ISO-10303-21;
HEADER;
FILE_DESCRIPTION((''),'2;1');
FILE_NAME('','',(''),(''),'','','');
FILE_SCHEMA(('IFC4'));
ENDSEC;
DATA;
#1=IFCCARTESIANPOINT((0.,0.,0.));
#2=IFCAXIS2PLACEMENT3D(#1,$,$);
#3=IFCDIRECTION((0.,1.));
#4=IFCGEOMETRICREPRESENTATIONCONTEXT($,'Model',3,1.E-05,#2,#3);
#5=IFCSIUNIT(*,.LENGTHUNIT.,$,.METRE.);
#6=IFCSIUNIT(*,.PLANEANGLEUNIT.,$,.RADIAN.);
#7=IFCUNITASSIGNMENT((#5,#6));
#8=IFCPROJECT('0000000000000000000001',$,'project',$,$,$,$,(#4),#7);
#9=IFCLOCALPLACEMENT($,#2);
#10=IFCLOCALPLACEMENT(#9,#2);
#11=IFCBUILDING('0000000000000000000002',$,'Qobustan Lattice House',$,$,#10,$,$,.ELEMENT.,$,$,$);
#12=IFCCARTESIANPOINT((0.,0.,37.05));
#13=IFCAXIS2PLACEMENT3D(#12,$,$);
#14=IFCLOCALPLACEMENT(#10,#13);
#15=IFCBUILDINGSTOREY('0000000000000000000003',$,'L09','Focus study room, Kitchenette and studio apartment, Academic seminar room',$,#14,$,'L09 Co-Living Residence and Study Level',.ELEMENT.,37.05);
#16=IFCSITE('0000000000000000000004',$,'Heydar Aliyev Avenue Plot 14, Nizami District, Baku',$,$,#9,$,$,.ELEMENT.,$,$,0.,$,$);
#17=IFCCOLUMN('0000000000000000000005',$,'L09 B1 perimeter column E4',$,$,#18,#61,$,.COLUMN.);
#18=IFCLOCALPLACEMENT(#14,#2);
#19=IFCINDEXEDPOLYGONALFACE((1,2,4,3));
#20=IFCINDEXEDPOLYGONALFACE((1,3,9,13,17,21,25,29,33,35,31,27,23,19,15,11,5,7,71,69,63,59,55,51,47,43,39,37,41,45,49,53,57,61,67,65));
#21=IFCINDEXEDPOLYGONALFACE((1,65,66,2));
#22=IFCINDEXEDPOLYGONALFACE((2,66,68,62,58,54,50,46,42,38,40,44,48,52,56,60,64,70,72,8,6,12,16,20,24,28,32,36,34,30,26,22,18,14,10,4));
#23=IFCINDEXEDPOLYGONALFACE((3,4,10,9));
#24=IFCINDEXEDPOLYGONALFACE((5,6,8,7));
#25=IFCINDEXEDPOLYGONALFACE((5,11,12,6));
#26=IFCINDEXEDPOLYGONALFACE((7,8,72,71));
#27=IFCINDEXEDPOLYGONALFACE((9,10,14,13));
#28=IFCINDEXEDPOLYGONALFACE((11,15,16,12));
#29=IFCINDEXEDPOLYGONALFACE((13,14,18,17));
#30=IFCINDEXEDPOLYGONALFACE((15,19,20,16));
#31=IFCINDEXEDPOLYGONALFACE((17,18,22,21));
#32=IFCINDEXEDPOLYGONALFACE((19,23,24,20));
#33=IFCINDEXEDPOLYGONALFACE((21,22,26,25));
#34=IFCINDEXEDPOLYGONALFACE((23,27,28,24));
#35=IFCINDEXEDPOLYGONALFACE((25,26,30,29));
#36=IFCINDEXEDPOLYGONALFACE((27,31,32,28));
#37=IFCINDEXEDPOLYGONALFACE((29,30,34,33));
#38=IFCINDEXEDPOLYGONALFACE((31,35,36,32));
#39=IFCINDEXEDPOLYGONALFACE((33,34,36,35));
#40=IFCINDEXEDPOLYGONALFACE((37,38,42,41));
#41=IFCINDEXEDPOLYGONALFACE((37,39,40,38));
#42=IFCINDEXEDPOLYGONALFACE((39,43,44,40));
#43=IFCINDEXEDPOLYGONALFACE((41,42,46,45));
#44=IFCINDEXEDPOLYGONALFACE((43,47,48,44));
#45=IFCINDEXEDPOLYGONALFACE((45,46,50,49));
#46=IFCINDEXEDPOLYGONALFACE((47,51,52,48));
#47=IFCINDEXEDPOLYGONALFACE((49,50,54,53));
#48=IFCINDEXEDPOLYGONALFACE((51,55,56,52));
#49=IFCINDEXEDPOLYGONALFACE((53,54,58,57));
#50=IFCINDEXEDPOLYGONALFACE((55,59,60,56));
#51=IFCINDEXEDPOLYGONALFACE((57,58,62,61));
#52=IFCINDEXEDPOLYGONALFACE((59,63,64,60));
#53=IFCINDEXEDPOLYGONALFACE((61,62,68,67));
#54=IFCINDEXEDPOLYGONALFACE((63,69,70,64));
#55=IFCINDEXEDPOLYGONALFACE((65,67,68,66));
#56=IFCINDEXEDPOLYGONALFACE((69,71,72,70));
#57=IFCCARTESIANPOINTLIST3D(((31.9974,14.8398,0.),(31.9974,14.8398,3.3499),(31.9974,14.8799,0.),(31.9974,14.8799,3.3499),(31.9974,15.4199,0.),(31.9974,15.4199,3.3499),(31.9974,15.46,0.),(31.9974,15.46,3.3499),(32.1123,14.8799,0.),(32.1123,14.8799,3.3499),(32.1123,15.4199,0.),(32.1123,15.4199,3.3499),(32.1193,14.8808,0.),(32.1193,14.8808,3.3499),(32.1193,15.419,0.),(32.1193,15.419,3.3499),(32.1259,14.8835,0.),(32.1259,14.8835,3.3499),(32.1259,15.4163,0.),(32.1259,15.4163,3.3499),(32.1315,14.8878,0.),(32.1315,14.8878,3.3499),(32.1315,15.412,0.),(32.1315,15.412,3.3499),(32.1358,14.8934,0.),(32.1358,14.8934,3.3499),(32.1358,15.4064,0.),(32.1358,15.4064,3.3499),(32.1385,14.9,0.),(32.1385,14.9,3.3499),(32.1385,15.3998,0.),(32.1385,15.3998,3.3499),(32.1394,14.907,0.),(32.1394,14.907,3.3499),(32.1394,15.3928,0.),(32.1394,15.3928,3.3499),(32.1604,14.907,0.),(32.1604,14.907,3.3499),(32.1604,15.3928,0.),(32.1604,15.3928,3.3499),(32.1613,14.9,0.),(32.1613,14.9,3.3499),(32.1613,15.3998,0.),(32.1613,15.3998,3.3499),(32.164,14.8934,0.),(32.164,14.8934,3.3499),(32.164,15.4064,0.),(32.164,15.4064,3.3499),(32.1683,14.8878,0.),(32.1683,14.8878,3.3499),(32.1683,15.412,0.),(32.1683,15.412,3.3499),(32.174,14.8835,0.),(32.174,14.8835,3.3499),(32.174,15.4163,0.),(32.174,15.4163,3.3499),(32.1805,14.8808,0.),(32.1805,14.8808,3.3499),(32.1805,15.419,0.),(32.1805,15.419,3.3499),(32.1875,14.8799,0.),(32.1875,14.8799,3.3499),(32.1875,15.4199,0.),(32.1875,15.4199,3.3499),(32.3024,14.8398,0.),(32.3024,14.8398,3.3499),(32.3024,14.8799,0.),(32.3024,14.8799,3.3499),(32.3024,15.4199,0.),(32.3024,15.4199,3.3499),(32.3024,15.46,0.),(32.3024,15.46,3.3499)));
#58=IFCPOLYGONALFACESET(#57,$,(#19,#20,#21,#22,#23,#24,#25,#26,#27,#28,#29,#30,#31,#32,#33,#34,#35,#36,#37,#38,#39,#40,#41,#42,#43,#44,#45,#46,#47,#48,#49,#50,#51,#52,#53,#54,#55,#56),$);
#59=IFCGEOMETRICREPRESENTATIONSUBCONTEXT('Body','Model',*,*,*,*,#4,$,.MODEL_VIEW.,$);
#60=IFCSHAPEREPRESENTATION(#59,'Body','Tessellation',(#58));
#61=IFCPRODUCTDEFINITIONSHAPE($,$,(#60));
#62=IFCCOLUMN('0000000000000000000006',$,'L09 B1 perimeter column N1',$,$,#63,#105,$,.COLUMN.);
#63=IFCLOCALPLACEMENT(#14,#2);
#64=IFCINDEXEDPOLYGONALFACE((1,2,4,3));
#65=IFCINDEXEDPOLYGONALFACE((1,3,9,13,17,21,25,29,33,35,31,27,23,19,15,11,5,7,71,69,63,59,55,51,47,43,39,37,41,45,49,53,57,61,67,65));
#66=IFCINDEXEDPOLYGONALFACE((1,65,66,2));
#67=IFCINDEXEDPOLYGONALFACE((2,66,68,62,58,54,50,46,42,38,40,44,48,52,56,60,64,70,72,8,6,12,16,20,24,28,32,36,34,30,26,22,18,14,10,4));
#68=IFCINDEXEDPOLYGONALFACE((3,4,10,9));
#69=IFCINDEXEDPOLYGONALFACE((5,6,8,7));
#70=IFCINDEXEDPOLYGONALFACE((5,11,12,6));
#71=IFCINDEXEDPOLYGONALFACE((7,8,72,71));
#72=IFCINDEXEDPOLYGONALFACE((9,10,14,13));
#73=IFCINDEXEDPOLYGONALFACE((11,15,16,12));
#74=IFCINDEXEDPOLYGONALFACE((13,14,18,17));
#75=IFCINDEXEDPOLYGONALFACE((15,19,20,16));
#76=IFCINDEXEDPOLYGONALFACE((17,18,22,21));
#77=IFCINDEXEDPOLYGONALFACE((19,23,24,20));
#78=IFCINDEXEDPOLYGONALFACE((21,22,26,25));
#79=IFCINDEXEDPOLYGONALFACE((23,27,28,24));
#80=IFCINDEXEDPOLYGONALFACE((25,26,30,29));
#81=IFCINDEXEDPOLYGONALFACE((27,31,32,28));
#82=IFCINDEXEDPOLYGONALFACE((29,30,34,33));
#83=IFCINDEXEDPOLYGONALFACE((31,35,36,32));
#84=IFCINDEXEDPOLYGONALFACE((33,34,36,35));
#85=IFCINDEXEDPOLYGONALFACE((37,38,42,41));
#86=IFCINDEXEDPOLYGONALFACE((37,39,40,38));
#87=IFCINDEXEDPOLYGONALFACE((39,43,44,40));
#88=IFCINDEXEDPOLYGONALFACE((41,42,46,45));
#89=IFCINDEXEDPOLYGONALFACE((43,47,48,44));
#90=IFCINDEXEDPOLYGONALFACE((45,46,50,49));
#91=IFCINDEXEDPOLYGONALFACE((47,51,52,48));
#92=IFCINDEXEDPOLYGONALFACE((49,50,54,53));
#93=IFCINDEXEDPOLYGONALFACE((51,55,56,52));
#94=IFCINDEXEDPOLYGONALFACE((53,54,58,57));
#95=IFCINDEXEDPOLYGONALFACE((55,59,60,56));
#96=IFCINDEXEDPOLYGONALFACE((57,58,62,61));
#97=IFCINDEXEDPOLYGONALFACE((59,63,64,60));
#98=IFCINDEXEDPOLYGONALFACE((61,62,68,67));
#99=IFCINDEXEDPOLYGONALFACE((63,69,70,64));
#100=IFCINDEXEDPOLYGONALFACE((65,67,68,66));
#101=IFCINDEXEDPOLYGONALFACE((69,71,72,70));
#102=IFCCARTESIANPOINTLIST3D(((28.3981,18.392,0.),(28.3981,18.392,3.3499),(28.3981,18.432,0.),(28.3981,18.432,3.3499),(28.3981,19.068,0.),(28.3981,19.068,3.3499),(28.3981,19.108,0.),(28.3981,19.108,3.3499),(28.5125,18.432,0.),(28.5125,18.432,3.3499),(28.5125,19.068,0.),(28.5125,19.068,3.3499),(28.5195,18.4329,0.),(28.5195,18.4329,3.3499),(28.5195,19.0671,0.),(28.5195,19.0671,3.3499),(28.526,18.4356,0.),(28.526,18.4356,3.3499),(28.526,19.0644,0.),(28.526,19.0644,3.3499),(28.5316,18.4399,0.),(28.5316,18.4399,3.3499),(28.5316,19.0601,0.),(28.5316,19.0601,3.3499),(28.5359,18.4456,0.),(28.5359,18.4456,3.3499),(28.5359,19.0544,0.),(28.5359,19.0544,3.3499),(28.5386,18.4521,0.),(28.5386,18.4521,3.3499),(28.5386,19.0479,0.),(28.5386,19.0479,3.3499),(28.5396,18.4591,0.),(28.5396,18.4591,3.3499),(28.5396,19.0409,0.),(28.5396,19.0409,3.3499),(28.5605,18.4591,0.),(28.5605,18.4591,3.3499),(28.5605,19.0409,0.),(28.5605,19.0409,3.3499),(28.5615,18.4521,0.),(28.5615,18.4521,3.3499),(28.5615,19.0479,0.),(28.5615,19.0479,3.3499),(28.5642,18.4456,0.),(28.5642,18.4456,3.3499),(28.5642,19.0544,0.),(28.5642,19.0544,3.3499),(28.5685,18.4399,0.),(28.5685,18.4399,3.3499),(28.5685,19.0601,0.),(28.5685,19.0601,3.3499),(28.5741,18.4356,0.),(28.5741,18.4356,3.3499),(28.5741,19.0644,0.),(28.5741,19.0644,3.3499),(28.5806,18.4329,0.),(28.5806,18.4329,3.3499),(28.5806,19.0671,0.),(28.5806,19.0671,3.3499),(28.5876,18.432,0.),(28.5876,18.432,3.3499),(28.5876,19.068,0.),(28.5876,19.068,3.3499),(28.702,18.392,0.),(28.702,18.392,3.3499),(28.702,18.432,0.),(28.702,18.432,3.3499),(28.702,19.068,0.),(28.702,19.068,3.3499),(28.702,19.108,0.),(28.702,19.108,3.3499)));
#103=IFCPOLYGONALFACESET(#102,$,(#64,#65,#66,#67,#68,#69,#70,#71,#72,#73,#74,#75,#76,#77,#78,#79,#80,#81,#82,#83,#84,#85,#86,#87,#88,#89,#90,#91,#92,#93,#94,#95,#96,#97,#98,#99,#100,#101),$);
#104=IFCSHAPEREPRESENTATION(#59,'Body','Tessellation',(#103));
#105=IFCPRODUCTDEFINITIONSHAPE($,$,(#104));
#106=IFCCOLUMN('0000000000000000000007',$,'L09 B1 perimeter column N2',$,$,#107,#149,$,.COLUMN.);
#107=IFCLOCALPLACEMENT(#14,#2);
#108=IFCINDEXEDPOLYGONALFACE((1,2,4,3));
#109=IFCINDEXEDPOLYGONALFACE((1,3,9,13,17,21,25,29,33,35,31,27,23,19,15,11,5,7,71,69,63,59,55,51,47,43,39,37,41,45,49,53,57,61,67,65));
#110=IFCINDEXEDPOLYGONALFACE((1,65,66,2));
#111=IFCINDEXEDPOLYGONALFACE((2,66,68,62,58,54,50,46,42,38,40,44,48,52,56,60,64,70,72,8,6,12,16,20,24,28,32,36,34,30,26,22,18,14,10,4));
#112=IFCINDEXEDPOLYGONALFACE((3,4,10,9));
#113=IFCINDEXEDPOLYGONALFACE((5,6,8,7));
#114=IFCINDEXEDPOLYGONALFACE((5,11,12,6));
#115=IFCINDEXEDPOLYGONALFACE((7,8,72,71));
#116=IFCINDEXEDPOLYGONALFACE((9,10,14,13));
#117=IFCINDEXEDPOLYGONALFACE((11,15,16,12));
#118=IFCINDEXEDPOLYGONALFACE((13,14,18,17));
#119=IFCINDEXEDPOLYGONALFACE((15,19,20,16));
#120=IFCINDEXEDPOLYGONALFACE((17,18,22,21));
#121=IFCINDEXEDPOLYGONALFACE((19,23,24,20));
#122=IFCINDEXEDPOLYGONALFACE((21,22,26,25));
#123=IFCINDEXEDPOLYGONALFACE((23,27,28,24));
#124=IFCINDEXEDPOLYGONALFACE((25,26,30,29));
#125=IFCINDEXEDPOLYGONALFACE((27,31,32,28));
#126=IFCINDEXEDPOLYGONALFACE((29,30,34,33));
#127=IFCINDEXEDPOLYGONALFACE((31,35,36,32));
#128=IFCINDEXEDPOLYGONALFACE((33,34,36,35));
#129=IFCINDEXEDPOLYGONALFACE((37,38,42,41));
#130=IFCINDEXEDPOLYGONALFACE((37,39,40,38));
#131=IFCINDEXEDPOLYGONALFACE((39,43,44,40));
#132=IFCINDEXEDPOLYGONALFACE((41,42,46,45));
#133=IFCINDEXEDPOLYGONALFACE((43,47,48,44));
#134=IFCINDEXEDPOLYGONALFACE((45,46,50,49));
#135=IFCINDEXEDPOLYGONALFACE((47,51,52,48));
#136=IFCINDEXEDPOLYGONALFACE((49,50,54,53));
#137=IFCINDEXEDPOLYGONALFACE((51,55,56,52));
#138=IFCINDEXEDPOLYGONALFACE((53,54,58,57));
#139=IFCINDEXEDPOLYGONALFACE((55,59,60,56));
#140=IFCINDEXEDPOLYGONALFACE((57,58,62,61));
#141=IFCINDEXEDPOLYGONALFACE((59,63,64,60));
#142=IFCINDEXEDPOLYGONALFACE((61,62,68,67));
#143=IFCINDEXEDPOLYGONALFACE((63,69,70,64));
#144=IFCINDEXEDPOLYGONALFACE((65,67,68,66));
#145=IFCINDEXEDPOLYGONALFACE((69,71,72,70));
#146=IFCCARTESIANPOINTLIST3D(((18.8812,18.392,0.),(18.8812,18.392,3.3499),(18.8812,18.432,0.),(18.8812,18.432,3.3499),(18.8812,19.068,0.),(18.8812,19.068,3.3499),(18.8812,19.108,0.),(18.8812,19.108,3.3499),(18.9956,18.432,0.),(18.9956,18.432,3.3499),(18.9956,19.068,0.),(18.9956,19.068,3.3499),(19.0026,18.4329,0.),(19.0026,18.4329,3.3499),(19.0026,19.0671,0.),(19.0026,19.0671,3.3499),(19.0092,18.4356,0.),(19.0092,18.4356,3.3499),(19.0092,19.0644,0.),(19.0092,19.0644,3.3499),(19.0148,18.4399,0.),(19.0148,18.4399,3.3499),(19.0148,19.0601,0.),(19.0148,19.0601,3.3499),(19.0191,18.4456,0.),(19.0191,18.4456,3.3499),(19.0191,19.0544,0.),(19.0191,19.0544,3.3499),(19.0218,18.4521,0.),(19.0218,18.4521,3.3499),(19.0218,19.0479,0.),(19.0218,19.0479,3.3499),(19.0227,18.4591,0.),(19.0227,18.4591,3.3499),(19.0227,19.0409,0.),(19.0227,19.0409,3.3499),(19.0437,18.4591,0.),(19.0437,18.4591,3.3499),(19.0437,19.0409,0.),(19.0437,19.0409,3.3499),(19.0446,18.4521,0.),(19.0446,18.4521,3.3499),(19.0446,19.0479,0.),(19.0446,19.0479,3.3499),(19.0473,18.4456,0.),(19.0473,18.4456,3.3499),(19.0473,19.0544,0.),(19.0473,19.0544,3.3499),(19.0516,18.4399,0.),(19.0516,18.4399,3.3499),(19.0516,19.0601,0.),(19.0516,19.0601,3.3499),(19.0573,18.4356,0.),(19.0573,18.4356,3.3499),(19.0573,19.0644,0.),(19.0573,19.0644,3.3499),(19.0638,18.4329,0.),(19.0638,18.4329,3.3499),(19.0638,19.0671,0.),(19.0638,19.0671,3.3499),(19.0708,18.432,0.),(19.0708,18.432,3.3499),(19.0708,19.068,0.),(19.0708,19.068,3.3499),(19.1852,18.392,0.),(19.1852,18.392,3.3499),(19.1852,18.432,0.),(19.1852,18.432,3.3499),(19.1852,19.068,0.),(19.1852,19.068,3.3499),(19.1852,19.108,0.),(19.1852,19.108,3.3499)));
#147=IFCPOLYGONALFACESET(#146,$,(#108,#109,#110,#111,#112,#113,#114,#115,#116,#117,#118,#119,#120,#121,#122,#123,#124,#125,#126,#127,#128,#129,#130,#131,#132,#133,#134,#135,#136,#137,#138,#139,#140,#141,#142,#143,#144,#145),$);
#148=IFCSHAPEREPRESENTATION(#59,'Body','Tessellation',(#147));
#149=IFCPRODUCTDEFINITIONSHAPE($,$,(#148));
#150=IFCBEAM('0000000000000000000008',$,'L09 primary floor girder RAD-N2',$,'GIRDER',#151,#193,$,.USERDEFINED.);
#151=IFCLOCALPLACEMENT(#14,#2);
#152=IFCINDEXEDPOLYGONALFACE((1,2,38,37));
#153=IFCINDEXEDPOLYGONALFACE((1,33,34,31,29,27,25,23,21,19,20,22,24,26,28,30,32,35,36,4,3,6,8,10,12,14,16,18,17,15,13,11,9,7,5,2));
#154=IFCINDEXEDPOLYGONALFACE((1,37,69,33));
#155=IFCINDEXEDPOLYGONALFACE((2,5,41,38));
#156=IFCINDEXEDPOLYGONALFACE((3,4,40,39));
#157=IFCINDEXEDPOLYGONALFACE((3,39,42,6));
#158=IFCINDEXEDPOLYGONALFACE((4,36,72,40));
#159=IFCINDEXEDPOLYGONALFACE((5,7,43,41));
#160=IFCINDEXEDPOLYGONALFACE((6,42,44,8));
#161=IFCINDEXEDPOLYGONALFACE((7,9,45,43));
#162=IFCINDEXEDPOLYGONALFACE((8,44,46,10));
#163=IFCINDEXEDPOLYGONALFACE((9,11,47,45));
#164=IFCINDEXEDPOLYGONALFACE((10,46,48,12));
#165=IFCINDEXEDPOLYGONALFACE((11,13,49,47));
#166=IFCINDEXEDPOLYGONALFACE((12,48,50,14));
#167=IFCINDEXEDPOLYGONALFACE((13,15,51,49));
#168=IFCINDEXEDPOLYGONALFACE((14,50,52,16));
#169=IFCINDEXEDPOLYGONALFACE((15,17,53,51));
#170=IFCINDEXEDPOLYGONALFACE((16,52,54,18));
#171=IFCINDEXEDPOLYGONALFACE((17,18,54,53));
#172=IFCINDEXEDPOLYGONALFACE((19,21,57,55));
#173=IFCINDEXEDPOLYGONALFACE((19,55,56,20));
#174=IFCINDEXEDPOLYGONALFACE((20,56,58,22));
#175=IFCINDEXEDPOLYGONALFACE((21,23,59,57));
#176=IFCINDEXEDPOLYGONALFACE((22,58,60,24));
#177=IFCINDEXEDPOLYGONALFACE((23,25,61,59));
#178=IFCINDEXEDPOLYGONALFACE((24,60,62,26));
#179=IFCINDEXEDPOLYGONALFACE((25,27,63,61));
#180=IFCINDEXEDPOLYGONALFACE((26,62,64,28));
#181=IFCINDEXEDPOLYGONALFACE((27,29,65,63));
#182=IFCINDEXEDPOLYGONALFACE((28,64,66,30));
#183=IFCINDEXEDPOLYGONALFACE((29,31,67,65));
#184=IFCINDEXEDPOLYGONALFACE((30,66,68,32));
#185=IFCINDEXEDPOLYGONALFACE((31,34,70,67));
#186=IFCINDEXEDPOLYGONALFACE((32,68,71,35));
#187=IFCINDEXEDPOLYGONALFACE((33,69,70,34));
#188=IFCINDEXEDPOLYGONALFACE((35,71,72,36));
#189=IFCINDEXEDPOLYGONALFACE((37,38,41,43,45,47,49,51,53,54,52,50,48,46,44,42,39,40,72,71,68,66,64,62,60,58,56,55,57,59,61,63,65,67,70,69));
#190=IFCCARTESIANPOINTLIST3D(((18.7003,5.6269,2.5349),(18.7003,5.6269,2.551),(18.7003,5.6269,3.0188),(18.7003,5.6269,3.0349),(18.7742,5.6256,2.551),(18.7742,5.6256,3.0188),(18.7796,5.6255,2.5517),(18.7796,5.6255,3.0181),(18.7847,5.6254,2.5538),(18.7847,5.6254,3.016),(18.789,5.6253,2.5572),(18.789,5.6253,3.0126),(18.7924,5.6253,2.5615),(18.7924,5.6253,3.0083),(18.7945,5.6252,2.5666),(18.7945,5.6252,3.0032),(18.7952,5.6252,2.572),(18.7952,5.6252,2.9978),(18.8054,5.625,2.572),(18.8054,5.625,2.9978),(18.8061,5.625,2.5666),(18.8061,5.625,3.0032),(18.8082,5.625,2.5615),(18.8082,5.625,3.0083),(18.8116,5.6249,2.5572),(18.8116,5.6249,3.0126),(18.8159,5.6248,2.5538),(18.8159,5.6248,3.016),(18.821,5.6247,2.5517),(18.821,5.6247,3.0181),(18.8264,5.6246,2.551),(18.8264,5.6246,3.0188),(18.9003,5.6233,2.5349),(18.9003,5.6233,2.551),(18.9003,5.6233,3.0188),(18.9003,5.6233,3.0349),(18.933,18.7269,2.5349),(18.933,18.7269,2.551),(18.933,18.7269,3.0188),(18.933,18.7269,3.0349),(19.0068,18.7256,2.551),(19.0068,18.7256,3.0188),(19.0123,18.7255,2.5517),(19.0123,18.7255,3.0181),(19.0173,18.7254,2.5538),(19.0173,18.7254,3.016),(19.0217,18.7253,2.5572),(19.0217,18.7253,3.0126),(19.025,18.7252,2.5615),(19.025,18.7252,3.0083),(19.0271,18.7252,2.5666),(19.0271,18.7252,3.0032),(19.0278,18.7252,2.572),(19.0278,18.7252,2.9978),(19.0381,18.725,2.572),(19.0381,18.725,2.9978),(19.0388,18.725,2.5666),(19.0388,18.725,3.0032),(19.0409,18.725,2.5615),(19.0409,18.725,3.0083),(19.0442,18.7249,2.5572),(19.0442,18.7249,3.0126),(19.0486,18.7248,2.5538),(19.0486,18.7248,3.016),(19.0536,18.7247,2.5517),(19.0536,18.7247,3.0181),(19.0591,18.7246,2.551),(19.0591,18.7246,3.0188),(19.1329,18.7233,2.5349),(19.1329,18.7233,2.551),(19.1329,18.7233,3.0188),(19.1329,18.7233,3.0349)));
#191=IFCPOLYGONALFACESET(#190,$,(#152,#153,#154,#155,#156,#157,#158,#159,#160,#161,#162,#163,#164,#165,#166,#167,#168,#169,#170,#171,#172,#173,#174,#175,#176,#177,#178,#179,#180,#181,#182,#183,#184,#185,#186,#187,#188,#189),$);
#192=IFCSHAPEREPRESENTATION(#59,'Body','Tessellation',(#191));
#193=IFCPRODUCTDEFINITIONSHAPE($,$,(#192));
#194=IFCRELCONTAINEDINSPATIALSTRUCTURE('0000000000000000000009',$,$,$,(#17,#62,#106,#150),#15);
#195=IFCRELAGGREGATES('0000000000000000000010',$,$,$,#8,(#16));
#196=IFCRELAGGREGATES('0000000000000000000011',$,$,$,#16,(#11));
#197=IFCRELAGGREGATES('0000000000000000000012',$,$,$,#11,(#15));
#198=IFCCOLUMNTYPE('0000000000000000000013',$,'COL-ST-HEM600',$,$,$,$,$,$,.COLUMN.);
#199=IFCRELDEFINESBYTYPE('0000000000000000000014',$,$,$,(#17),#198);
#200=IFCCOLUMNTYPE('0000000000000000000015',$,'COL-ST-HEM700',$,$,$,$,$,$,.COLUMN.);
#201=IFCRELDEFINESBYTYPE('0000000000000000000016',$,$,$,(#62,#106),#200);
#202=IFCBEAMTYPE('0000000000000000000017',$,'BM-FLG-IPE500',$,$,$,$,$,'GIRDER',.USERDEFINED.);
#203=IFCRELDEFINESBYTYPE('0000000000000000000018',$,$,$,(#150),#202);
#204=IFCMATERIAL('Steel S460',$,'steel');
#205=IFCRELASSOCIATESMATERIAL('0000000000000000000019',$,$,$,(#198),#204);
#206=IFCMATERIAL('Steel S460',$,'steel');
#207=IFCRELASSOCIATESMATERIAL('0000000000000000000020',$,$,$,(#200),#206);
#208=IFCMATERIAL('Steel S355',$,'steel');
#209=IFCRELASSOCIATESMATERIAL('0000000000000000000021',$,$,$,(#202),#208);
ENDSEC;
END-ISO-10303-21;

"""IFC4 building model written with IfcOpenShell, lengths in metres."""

from ifc_helpers import new_model, si_unit, direction, frame, origin, origin_2d, place, context, subcontext, project, spatial, i_section, extrude, material, material_profile, profile_set, type_object, element, save


model = new_model("IFC4")

# Units and contexts
model_context = context("Model", 3, precision=1e-05, world=origin(), true_north=direction((0.0, 1.0)))
body_context = subcontext(model_context, "Body", "Model", "MODEL_VIEW")
ifc_project = project(units=[si_unit("LENGTHUNIT", "METRE"), si_unit("PLANEANGLEUNIT", "RADIAN")], contexts=[model_context])

# Site, building, storey
site_placement = place(None, origin())
site = spatial("IfcSite", under=ifc_project, at=site_placement, Name="Heydar Aliyev Avenue Plot 14, Nizami District, Baku", CompositionType="ELEMENT", RefElevation=0.0)
building_placement = place(site_placement, origin())
building = spatial("IfcBuilding", under=site, at=building_placement, Name="Qobustan Lattice House", CompositionType="ELEMENT")
storey_placement = place(building_placement, frame((0.0, 0.0, 37.05)))
storey = spatial("IfcBuildingStorey", under=building, at=storey_placement, Name="L09", Description="Focus study room, Kitchenette and studio apartment, Academic seminar room", LongName="L09 Co-Living Residence and Study Level", CompositionType="ELEMENT", Elevation=37.05)

# Columns
ifc_material_1 = material(Name="Steel S460", Category="steel")
ifc_material_profile_1 = material_profile(ifc_material_1, i_section(OverallWidth=0.3049, OverallDepth=0.6201, WebThickness=0.021, FlangeThickness=0.04, FilletRadius=0.0271, at=origin_2d()), Name="HEM600")
ifc_profile_set_1 = profile_set([ifc_material_profile_1], Name="Steel S460")
column_type_1 = type_object("IfcColumnType", Name="COL-ST-HEM600", PredefinedType="COLUMN", material=ifc_profile_set_1)
column_placement = place(storey_placement, frame((32.1499, 15.1499, 0.0), z_axis=(0.0, 0.0, 1.0), x_axis=(1.0, 0.0, 0.0)))
element("IfcColumn", 1, at=column_placement, inside=storey, type_object=column_type_1, Name="L09 B1 perimeter column E4", PredefinedType="COLUMN", context=body_context, shape_type="SweptSolid", body=[
    extrude(i_section(OverallWidth=0.3049, OverallDepth=0.6201, WebThickness=0.021, FlangeThickness=0.04, FilletRadius=0.0271, at=origin_2d()), origin(), (0.0, 0.0, 1.0), 3.3499),
])
ifc_material_2 = material(Name="Steel S460", Category="steel")
ifc_material_profile_2 = material_profile(ifc_material_2, i_section(OverallWidth=0.304, OverallDepth=0.7161, WebThickness=0.021, FlangeThickness=0.04, FilletRadius=0.0271, at=origin_2d()), Name="HEM700")
ifc_profile_set_2 = profile_set([ifc_material_profile_2], Name="Steel S460")
column_type_2 = type_object("IfcColumnType", Name="COL-ST-HEM700", PredefinedType="COLUMN", material=ifc_profile_set_2)
for number, where, z_axis, x_axis, name in (
    (2, (28.55, 18.75, 0.0), (0.0, 0.0, 1.0), (1.0, 0.0, 0.0), "L09 B1 perimeter column N1"),
    (3, (19.0332, 18.75, 0.0), (0.0, 0.0, 1.0), (1.0, 0.0, 0.0), "L09 B1 perimeter column N2"),
):
    element("IfcColumn", number, at=place(storey_placement, frame(where, z_axis=z_axis, x_axis=x_axis)), inside=storey, type_object=column_type_2, Name=name, PredefinedType="COLUMN", context=body_context, shape_type="SweptSolid", body=[
        extrude(i_section(OverallWidth=0.304, OverallDepth=0.7161, WebThickness=0.021, FlangeThickness=0.04, FilletRadius=0.0271, at=origin_2d()), origin(), (0.0, 0.0, 1.0), 3.3499),
    ])

# Beam
ifc_material_3 = material(Name="Steel S355", Category="steel")
ifc_material_profile_3 = material_profile(ifc_material_3, i_section(OverallWidth=0.2, OverallDepth=0.5, WebThickness=0.0103, FlangeThickness=0.0161, FilletRadius=0.021, at=origin_2d()), Name="IPE500")
ifc_profile_set_3 = profile_set([ifc_material_profile_3], Name="Steel S355")
beam_type_1 = type_object("IfcBeamType", Name="BM-FLG-IPE500", ElementType="GIRDER", PredefinedType="USERDEFINED", material=ifc_profile_set_3)
beam_1_placement = place(storey_placement, frame((19.033, 18.7251, 2.7849), z_axis=(-0.017758, -0.999842, 0.0), x_axis=(0.999842, -0.017758, 0.0)))
element("IfcBeam", 4, at=beam_1_placement, inside=storey, type_object=beam_type_1, Name="L09 primary floor girder RAD-N2", ObjectType="GIRDER", PredefinedType="USERDEFINED", context=body_context, shape_type="SweptSolid", body=[
    extrude(i_section(OverallWidth=0.2, OverallDepth=0.5, WebThickness=0.0103, FlangeThickness=0.0161, FilletRadius=0.021, at=origin_2d()), origin(), (0.0, 0.0, 1.0), 13.1021),
])

save(model, "model.ifc")
